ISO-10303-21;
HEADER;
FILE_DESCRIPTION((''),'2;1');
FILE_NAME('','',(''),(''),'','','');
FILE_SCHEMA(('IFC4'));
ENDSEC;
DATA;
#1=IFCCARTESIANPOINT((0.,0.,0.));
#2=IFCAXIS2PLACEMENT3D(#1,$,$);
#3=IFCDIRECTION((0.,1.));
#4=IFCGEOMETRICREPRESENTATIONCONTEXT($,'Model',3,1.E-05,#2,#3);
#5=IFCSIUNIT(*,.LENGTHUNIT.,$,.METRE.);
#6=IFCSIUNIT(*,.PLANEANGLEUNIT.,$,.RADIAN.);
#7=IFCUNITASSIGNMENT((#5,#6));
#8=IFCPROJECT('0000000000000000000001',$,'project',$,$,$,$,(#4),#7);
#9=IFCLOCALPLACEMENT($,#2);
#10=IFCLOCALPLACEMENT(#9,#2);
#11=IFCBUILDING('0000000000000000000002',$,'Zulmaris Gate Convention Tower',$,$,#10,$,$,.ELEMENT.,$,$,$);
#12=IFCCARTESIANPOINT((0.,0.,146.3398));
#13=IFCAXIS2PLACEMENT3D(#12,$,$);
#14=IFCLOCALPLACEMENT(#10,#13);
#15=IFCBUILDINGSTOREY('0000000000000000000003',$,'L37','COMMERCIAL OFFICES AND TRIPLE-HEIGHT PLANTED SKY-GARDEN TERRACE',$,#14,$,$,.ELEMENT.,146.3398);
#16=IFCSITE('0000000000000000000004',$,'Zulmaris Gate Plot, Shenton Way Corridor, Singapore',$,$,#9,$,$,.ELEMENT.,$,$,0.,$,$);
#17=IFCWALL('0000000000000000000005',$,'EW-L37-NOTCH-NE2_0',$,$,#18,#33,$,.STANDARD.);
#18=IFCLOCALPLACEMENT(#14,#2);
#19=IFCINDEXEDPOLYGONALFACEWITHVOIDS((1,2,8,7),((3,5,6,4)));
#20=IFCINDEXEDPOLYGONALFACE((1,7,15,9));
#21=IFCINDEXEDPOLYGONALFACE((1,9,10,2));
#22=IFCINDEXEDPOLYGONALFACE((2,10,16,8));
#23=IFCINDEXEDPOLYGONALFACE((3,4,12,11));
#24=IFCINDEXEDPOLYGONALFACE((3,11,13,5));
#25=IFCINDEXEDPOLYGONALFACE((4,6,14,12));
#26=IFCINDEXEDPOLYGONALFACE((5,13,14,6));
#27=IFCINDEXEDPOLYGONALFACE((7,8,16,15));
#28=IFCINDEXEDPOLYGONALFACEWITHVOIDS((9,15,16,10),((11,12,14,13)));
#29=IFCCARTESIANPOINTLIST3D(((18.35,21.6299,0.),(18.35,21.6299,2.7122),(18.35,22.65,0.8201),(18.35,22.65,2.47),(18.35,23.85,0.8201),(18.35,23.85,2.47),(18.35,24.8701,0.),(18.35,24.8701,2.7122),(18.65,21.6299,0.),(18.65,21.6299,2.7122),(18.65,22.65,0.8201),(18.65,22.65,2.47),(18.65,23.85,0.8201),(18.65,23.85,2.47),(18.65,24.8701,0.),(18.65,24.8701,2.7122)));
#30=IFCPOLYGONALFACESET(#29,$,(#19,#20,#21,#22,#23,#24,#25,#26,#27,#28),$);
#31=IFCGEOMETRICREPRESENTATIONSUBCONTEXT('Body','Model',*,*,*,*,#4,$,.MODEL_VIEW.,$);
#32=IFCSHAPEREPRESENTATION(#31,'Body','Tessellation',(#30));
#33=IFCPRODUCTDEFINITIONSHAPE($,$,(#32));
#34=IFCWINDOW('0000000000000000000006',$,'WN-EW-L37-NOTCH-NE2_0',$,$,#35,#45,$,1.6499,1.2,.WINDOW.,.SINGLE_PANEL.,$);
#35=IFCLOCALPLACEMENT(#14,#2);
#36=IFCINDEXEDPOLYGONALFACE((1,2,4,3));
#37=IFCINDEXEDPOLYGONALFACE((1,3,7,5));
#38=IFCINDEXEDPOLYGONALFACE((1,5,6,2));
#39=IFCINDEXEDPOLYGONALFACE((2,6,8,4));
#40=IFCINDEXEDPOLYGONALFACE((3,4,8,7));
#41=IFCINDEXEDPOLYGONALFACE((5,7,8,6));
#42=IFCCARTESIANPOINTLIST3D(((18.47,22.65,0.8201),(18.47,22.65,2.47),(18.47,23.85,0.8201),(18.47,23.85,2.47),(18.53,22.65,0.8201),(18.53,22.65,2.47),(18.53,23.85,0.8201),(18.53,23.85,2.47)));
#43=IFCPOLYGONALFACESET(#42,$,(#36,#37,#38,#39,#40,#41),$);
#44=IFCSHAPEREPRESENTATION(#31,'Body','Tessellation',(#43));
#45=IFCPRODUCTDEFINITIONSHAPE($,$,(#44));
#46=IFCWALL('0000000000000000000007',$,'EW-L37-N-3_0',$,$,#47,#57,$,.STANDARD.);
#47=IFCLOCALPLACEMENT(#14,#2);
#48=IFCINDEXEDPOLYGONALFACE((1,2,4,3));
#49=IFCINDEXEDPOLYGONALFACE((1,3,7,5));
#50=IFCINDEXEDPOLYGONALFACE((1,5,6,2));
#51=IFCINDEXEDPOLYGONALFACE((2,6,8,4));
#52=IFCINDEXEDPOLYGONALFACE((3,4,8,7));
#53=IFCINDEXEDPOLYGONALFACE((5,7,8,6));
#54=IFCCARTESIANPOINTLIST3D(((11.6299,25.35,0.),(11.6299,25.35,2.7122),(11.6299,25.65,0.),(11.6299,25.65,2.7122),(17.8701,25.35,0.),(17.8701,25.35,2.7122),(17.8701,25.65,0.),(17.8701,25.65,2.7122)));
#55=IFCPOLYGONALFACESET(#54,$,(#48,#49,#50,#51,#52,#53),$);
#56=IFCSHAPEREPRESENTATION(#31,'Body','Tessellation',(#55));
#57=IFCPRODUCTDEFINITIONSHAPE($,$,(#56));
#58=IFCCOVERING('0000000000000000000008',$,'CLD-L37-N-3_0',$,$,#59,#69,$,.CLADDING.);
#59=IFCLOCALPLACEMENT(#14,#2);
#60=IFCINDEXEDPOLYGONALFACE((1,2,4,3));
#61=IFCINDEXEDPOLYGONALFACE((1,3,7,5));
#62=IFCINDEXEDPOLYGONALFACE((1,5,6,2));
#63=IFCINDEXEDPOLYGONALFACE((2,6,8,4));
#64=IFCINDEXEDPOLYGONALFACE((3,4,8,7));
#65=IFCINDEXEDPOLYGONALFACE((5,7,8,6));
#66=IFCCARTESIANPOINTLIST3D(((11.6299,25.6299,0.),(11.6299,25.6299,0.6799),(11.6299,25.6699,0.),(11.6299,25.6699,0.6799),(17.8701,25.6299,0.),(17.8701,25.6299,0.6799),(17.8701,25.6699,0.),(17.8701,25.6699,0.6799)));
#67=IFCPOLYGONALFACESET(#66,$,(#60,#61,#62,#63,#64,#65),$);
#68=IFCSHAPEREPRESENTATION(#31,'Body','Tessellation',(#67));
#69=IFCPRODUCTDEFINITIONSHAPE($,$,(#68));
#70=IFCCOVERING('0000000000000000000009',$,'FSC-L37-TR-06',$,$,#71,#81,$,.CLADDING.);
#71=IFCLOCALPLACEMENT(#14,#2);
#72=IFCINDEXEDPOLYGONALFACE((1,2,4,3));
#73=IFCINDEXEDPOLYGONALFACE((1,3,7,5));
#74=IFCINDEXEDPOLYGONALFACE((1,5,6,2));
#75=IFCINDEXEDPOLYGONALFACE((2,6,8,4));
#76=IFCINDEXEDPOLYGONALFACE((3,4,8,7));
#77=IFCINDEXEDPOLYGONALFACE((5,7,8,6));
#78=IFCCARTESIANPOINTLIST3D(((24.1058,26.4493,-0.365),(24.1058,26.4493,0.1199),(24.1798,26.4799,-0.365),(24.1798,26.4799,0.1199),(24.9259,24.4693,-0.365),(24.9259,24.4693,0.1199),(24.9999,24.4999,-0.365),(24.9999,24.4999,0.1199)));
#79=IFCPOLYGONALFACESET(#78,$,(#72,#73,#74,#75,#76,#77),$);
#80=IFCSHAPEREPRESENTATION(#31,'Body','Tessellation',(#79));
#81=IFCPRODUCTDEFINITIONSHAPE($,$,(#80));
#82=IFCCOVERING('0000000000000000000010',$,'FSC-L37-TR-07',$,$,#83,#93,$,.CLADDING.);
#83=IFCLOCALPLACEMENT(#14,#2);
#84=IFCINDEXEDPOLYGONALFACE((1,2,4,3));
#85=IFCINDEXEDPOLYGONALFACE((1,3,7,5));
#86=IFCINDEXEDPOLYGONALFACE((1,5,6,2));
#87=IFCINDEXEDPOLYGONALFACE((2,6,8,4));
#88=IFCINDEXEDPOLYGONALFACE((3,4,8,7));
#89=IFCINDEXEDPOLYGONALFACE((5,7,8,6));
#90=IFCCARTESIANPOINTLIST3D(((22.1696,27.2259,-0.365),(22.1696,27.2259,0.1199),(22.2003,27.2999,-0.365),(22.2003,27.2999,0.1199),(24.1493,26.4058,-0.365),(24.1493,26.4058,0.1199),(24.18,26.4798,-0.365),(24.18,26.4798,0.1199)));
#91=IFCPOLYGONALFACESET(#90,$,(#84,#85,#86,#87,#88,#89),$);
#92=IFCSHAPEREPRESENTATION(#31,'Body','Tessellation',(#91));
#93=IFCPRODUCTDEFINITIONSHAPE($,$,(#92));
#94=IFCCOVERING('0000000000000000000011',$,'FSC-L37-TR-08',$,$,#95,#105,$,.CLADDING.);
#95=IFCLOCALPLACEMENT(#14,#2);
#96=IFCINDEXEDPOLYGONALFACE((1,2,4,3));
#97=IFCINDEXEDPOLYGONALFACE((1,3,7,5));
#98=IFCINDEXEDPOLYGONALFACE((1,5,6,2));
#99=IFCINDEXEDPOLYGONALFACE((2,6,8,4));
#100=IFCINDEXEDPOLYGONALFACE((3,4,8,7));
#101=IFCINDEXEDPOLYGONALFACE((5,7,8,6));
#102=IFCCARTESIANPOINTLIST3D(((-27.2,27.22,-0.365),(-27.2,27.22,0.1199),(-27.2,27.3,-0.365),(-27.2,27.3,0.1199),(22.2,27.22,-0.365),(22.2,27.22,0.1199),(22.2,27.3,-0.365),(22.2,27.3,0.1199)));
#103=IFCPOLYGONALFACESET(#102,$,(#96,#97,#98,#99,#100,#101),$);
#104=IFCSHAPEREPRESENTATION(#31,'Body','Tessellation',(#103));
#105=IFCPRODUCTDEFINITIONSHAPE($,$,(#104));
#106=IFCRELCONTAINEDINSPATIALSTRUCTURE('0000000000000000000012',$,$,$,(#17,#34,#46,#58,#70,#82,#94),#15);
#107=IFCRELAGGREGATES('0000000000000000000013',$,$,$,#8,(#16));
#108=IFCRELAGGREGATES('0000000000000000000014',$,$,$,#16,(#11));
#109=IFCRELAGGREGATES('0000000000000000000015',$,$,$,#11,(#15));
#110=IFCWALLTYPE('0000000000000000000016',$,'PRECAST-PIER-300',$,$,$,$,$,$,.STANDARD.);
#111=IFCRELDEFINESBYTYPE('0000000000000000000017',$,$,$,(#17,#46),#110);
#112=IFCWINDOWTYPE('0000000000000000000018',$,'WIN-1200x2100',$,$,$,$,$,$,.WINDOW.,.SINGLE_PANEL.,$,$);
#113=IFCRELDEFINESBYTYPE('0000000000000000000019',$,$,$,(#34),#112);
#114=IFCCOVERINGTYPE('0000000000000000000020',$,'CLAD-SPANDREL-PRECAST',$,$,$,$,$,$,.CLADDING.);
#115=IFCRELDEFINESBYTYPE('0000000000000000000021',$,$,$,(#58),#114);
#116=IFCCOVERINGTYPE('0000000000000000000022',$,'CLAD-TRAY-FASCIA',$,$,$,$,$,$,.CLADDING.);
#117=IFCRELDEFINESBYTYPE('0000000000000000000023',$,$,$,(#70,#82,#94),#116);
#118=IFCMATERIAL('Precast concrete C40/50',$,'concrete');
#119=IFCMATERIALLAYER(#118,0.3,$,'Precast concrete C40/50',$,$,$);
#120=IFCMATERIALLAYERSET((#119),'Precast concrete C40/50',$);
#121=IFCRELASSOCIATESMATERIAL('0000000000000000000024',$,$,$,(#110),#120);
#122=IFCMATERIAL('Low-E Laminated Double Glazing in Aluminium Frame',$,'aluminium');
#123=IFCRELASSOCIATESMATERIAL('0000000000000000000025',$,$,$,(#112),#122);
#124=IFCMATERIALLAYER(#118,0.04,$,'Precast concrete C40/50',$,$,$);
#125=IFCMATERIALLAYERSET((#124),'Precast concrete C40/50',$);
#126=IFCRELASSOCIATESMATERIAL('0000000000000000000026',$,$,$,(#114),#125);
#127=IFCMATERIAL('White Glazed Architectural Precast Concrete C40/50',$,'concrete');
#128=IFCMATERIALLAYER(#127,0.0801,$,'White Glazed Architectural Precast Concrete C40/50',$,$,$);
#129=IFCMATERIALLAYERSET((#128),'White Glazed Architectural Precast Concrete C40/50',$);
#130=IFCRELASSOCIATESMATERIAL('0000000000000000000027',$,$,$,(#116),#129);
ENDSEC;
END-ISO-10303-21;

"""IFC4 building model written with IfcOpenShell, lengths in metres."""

from ifc_helpers import new_model, si_unit, direction, frame, frame_2d, origin, place, context, subcontext, project, spatial, rectangle, extrude, material, layer, layer_set, type_object, element, fill, save


model = new_model("IFC4")

# Units and contexts
model_context = context("Model", 3, precision=1e-05, world=origin(), true_north=direction((0.0, 1.0)))
body_context = subcontext(model_context, "Body", "Model", "MODEL_VIEW")
ifc_project = project(units=[si_unit("LENGTHUNIT", "METRE"), si_unit("PLANEANGLEUNIT", "RADIAN")], contexts=[model_context])

# Site, building, storey
site_placement = place(None, origin())
site = spatial("IfcSite", under=ifc_project, at=site_placement, Name="Zulmaris Gate Plot, Shenton Way Corridor, Singapore", CompositionType="ELEMENT", RefElevation=0.0)
building_placement = place(site_placement, origin())
building = spatial("IfcBuilding", under=site, at=building_placement, Name="Zulmaris Gate Convention Tower", CompositionType="ELEMENT")
storey_placement = place(building_placement, frame((0.0, 0.0, 146.3398)))
storey = spatial("IfcBuildingStorey", under=building, at=storey_placement, Name="L37", Description="COMMERCIAL OFFICES AND TRIPLE-HEIGHT PLANTED SKY-GARDEN TERRACE", CompositionType="ELEMENT", Elevation=146.3398)

# Wall, opening, window
ifc_material_1 = material(Name="Precast concrete C40/50", Category="concrete")
ifc_layer_1 = layer(ifc_material_1, 0.3, Name="Precast concrete C40/50")
ifc_layer_set_1 = layer_set([ifc_layer_1], Name="Precast concrete C40/50")
wall_type = type_object("IfcWallType", Name="PRECAST-PIER-300", PredefinedType="STANDARD", material=ifc_layer_set_1)
ifc_material_2 = material(Name="Low-E Laminated Double Glazing in Aluminium Frame", Category="aluminium")
window_type = type_object("IfcWindowType", Name="WIN-1200x2100", PartitioningType="SINGLE_PANEL", PredefinedType="WINDOW", material=ifc_material_2)
wall_1_placement = place(storey_placement, frame((18.5, 21.6299, 0.0), z_axis=(0.0, 0.0, 1.0), x_axis=(0.0, 1.0, 0.0)))
wall_1 = element("IfcWall", 1, at=wall_1_placement, inside=storey, type_object=wall_type, Name="EW-L37-NOTCH-NE2_0", PredefinedType="STANDARD", context=body_context, shape_type="SweptSolid", body=[
    extrude(rectangle(XDim=3.2402, YDim=0.3, at=frame_2d((1.6201, 0.0))), origin(), (0.0, 0.0, 1.0), 2.7122),
])
opening_1_placement = place(wall_1_placement, frame((1.02, 0.0, 0.8201)))
opening_1 = element("IfcOpeningElement", 2, at=opening_1_placement, cuts=wall_1, PredefinedType="OPENING", context=body_context, shape_type="SweptSolid", body=[
    extrude(rectangle(XDim=1.2, YDim=1.6499, at=frame_2d((0.6001, 0.825))), frame((0.0, 0.1602, 0.0), z_axis=(0.0, -1.0, 0.0), x_axis=(1.0, 0.0, 0.0)), (0.0, 0.0, 1.0), 0.3201),
])
window_1_placement = place(opening_1_placement, origin())
window_1 = element("IfcWindow", 3, at=window_1_placement, inside=storey, type_object=window_type, Name="WN-EW-L37-NOTCH-NE2_0", OverallHeight=1.6499, OverallWidth=1.2, PartitioningType="SINGLE_PANEL", PredefinedType="WINDOW", context=body_context, shape_type="SweptSolid", body=[
    extrude(rectangle(XDim=1.2, YDim=1.6499, at=frame_2d((0.6001, 0.825))), frame((0.0, 0.03, 0.0), z_axis=(0.0, -1.0, 0.0), x_axis=(1.0, 0.0, 0.0)), (0.0, 0.0, 1.0), 0.0601),
])
fill(opening_1, window_1)

# Wall
wall_2_placement = place(storey_placement, frame((17.8701, 25.5, 0.0), z_axis=(0.0, 0.0, 1.0), x_axis=(-1.0, 0.0, 0.0)))
element("IfcWall", 4, at=wall_2_placement, inside=storey, type_object=wall_type, Name="EW-L37-N-3_0", PredefinedType="STANDARD", context=body_context, shape_type="SweptSolid", body=[
    extrude(rectangle(XDim=6.2402, YDim=0.3, at=frame_2d((3.1201, 0.0))), origin(), (0.0, 0.0, 1.0), 2.7122),
])

# Coverings
ifc_layer_2 = layer(ifc_material_1, 0.04, Name="Precast concrete C40/50")
ifc_layer_set_2 = layer_set([ifc_layer_2], Name="Precast concrete C40/50")
covering_type_1 = type_object("IfcCoveringType", Name="CLAD-SPANDREL-PRECAST", PredefinedType="CLADDING", material=ifc_layer_set_2)
covering_1_placement = place(storey_placement, frame((17.8701, 25.6499, 0.0), z_axis=(0.0, 0.0, 1.0), x_axis=(-1.0, 0.0, 0.0)))
element("IfcCovering", 5, at=covering_1_placement, inside=storey, type_object=covering_type_1, Name="CLD-L37-N-3_0", PredefinedType="CLADDING", context=body_context, shape_type="SweptSolid", body=[
    extrude(rectangle(XDim=6.2402, YDim=0.04, at=frame_2d((3.1201, 0.0))), origin(), (0.0, 0.0, 1.0), 0.6799),
])
ifc_material_3 = material(Name="White Glazed Architectural Precast Concrete C40/50", Category="concrete")
ifc_layer_3 = layer(ifc_material_3, 0.0801, Name="White Glazed Architectural Precast Concrete C40/50")
ifc_layer_set_3 = layer_set([ifc_layer_3], Name="White Glazed Architectural Precast Concrete C40/50")
covering_type_2 = type_object("IfcCoveringType", Name="CLAD-TRAY-FASCIA", PredefinedType="CLADDING", material=ifc_layer_set_3)
covering_2_placement = place(storey_placement, frame((24.9629, 24.4846, -0.365), z_axis=(0.0, 0.0, 1.0), x_axis=(-0.382657, 0.92389, 0.0)))
element("IfcCovering", 6, at=covering_2_placement, inside=storey, type_object=covering_type_2, Name="FSC-L37-TR-06", PredefinedType="CLADDING", context=body_context, shape_type="SweptSolid", body=[
    extrude(rectangle(XDim=2.1431, YDim=0.0801, at=frame_2d((1.0715, 0.0))), origin(), (0.0, 0.0, 1.0), 0.4849),
])
covering_3_placement = place(storey_placement, frame((24.1646, 26.4429, -0.365), z_axis=(0.0, 0.0, 1.0), x_axis=(-0.923874, 0.382697, 0.0)))
element("IfcCovering", 7, at=covering_3_placement, inside=storey, type_object=covering_type_2, Name="FSC-L37-TR-07", PredefinedType="CLADDING", context=body_context, shape_type="SweptSolid", body=[
    extrude(rectangle(XDim=2.1428, YDim=0.0801, at=frame_2d((1.0713, 0.0))), origin(), (0.0, 0.0, 1.0), 0.4849),
])
covering_4_placement = place(storey_placement, frame((22.2, 27.26, -0.365), z_axis=(0.0, 0.0, 1.0), x_axis=(-1.0, 0.0, 0.0)))
element("IfcCovering", 8, at=covering_4_placement, inside=storey, type_object=covering_type_2, Name="FSC-L37-TR-08", PredefinedType="CLADDING", context=body_context, shape_type="SweptSolid", body=[
    extrude(rectangle(XDim=49.3999, YDim=0.0801, at=frame_2d((24.7, 0.0))), origin(), (0.0, 0.0, 1.0), 0.4849),
])

save(model, "model.ifc")
